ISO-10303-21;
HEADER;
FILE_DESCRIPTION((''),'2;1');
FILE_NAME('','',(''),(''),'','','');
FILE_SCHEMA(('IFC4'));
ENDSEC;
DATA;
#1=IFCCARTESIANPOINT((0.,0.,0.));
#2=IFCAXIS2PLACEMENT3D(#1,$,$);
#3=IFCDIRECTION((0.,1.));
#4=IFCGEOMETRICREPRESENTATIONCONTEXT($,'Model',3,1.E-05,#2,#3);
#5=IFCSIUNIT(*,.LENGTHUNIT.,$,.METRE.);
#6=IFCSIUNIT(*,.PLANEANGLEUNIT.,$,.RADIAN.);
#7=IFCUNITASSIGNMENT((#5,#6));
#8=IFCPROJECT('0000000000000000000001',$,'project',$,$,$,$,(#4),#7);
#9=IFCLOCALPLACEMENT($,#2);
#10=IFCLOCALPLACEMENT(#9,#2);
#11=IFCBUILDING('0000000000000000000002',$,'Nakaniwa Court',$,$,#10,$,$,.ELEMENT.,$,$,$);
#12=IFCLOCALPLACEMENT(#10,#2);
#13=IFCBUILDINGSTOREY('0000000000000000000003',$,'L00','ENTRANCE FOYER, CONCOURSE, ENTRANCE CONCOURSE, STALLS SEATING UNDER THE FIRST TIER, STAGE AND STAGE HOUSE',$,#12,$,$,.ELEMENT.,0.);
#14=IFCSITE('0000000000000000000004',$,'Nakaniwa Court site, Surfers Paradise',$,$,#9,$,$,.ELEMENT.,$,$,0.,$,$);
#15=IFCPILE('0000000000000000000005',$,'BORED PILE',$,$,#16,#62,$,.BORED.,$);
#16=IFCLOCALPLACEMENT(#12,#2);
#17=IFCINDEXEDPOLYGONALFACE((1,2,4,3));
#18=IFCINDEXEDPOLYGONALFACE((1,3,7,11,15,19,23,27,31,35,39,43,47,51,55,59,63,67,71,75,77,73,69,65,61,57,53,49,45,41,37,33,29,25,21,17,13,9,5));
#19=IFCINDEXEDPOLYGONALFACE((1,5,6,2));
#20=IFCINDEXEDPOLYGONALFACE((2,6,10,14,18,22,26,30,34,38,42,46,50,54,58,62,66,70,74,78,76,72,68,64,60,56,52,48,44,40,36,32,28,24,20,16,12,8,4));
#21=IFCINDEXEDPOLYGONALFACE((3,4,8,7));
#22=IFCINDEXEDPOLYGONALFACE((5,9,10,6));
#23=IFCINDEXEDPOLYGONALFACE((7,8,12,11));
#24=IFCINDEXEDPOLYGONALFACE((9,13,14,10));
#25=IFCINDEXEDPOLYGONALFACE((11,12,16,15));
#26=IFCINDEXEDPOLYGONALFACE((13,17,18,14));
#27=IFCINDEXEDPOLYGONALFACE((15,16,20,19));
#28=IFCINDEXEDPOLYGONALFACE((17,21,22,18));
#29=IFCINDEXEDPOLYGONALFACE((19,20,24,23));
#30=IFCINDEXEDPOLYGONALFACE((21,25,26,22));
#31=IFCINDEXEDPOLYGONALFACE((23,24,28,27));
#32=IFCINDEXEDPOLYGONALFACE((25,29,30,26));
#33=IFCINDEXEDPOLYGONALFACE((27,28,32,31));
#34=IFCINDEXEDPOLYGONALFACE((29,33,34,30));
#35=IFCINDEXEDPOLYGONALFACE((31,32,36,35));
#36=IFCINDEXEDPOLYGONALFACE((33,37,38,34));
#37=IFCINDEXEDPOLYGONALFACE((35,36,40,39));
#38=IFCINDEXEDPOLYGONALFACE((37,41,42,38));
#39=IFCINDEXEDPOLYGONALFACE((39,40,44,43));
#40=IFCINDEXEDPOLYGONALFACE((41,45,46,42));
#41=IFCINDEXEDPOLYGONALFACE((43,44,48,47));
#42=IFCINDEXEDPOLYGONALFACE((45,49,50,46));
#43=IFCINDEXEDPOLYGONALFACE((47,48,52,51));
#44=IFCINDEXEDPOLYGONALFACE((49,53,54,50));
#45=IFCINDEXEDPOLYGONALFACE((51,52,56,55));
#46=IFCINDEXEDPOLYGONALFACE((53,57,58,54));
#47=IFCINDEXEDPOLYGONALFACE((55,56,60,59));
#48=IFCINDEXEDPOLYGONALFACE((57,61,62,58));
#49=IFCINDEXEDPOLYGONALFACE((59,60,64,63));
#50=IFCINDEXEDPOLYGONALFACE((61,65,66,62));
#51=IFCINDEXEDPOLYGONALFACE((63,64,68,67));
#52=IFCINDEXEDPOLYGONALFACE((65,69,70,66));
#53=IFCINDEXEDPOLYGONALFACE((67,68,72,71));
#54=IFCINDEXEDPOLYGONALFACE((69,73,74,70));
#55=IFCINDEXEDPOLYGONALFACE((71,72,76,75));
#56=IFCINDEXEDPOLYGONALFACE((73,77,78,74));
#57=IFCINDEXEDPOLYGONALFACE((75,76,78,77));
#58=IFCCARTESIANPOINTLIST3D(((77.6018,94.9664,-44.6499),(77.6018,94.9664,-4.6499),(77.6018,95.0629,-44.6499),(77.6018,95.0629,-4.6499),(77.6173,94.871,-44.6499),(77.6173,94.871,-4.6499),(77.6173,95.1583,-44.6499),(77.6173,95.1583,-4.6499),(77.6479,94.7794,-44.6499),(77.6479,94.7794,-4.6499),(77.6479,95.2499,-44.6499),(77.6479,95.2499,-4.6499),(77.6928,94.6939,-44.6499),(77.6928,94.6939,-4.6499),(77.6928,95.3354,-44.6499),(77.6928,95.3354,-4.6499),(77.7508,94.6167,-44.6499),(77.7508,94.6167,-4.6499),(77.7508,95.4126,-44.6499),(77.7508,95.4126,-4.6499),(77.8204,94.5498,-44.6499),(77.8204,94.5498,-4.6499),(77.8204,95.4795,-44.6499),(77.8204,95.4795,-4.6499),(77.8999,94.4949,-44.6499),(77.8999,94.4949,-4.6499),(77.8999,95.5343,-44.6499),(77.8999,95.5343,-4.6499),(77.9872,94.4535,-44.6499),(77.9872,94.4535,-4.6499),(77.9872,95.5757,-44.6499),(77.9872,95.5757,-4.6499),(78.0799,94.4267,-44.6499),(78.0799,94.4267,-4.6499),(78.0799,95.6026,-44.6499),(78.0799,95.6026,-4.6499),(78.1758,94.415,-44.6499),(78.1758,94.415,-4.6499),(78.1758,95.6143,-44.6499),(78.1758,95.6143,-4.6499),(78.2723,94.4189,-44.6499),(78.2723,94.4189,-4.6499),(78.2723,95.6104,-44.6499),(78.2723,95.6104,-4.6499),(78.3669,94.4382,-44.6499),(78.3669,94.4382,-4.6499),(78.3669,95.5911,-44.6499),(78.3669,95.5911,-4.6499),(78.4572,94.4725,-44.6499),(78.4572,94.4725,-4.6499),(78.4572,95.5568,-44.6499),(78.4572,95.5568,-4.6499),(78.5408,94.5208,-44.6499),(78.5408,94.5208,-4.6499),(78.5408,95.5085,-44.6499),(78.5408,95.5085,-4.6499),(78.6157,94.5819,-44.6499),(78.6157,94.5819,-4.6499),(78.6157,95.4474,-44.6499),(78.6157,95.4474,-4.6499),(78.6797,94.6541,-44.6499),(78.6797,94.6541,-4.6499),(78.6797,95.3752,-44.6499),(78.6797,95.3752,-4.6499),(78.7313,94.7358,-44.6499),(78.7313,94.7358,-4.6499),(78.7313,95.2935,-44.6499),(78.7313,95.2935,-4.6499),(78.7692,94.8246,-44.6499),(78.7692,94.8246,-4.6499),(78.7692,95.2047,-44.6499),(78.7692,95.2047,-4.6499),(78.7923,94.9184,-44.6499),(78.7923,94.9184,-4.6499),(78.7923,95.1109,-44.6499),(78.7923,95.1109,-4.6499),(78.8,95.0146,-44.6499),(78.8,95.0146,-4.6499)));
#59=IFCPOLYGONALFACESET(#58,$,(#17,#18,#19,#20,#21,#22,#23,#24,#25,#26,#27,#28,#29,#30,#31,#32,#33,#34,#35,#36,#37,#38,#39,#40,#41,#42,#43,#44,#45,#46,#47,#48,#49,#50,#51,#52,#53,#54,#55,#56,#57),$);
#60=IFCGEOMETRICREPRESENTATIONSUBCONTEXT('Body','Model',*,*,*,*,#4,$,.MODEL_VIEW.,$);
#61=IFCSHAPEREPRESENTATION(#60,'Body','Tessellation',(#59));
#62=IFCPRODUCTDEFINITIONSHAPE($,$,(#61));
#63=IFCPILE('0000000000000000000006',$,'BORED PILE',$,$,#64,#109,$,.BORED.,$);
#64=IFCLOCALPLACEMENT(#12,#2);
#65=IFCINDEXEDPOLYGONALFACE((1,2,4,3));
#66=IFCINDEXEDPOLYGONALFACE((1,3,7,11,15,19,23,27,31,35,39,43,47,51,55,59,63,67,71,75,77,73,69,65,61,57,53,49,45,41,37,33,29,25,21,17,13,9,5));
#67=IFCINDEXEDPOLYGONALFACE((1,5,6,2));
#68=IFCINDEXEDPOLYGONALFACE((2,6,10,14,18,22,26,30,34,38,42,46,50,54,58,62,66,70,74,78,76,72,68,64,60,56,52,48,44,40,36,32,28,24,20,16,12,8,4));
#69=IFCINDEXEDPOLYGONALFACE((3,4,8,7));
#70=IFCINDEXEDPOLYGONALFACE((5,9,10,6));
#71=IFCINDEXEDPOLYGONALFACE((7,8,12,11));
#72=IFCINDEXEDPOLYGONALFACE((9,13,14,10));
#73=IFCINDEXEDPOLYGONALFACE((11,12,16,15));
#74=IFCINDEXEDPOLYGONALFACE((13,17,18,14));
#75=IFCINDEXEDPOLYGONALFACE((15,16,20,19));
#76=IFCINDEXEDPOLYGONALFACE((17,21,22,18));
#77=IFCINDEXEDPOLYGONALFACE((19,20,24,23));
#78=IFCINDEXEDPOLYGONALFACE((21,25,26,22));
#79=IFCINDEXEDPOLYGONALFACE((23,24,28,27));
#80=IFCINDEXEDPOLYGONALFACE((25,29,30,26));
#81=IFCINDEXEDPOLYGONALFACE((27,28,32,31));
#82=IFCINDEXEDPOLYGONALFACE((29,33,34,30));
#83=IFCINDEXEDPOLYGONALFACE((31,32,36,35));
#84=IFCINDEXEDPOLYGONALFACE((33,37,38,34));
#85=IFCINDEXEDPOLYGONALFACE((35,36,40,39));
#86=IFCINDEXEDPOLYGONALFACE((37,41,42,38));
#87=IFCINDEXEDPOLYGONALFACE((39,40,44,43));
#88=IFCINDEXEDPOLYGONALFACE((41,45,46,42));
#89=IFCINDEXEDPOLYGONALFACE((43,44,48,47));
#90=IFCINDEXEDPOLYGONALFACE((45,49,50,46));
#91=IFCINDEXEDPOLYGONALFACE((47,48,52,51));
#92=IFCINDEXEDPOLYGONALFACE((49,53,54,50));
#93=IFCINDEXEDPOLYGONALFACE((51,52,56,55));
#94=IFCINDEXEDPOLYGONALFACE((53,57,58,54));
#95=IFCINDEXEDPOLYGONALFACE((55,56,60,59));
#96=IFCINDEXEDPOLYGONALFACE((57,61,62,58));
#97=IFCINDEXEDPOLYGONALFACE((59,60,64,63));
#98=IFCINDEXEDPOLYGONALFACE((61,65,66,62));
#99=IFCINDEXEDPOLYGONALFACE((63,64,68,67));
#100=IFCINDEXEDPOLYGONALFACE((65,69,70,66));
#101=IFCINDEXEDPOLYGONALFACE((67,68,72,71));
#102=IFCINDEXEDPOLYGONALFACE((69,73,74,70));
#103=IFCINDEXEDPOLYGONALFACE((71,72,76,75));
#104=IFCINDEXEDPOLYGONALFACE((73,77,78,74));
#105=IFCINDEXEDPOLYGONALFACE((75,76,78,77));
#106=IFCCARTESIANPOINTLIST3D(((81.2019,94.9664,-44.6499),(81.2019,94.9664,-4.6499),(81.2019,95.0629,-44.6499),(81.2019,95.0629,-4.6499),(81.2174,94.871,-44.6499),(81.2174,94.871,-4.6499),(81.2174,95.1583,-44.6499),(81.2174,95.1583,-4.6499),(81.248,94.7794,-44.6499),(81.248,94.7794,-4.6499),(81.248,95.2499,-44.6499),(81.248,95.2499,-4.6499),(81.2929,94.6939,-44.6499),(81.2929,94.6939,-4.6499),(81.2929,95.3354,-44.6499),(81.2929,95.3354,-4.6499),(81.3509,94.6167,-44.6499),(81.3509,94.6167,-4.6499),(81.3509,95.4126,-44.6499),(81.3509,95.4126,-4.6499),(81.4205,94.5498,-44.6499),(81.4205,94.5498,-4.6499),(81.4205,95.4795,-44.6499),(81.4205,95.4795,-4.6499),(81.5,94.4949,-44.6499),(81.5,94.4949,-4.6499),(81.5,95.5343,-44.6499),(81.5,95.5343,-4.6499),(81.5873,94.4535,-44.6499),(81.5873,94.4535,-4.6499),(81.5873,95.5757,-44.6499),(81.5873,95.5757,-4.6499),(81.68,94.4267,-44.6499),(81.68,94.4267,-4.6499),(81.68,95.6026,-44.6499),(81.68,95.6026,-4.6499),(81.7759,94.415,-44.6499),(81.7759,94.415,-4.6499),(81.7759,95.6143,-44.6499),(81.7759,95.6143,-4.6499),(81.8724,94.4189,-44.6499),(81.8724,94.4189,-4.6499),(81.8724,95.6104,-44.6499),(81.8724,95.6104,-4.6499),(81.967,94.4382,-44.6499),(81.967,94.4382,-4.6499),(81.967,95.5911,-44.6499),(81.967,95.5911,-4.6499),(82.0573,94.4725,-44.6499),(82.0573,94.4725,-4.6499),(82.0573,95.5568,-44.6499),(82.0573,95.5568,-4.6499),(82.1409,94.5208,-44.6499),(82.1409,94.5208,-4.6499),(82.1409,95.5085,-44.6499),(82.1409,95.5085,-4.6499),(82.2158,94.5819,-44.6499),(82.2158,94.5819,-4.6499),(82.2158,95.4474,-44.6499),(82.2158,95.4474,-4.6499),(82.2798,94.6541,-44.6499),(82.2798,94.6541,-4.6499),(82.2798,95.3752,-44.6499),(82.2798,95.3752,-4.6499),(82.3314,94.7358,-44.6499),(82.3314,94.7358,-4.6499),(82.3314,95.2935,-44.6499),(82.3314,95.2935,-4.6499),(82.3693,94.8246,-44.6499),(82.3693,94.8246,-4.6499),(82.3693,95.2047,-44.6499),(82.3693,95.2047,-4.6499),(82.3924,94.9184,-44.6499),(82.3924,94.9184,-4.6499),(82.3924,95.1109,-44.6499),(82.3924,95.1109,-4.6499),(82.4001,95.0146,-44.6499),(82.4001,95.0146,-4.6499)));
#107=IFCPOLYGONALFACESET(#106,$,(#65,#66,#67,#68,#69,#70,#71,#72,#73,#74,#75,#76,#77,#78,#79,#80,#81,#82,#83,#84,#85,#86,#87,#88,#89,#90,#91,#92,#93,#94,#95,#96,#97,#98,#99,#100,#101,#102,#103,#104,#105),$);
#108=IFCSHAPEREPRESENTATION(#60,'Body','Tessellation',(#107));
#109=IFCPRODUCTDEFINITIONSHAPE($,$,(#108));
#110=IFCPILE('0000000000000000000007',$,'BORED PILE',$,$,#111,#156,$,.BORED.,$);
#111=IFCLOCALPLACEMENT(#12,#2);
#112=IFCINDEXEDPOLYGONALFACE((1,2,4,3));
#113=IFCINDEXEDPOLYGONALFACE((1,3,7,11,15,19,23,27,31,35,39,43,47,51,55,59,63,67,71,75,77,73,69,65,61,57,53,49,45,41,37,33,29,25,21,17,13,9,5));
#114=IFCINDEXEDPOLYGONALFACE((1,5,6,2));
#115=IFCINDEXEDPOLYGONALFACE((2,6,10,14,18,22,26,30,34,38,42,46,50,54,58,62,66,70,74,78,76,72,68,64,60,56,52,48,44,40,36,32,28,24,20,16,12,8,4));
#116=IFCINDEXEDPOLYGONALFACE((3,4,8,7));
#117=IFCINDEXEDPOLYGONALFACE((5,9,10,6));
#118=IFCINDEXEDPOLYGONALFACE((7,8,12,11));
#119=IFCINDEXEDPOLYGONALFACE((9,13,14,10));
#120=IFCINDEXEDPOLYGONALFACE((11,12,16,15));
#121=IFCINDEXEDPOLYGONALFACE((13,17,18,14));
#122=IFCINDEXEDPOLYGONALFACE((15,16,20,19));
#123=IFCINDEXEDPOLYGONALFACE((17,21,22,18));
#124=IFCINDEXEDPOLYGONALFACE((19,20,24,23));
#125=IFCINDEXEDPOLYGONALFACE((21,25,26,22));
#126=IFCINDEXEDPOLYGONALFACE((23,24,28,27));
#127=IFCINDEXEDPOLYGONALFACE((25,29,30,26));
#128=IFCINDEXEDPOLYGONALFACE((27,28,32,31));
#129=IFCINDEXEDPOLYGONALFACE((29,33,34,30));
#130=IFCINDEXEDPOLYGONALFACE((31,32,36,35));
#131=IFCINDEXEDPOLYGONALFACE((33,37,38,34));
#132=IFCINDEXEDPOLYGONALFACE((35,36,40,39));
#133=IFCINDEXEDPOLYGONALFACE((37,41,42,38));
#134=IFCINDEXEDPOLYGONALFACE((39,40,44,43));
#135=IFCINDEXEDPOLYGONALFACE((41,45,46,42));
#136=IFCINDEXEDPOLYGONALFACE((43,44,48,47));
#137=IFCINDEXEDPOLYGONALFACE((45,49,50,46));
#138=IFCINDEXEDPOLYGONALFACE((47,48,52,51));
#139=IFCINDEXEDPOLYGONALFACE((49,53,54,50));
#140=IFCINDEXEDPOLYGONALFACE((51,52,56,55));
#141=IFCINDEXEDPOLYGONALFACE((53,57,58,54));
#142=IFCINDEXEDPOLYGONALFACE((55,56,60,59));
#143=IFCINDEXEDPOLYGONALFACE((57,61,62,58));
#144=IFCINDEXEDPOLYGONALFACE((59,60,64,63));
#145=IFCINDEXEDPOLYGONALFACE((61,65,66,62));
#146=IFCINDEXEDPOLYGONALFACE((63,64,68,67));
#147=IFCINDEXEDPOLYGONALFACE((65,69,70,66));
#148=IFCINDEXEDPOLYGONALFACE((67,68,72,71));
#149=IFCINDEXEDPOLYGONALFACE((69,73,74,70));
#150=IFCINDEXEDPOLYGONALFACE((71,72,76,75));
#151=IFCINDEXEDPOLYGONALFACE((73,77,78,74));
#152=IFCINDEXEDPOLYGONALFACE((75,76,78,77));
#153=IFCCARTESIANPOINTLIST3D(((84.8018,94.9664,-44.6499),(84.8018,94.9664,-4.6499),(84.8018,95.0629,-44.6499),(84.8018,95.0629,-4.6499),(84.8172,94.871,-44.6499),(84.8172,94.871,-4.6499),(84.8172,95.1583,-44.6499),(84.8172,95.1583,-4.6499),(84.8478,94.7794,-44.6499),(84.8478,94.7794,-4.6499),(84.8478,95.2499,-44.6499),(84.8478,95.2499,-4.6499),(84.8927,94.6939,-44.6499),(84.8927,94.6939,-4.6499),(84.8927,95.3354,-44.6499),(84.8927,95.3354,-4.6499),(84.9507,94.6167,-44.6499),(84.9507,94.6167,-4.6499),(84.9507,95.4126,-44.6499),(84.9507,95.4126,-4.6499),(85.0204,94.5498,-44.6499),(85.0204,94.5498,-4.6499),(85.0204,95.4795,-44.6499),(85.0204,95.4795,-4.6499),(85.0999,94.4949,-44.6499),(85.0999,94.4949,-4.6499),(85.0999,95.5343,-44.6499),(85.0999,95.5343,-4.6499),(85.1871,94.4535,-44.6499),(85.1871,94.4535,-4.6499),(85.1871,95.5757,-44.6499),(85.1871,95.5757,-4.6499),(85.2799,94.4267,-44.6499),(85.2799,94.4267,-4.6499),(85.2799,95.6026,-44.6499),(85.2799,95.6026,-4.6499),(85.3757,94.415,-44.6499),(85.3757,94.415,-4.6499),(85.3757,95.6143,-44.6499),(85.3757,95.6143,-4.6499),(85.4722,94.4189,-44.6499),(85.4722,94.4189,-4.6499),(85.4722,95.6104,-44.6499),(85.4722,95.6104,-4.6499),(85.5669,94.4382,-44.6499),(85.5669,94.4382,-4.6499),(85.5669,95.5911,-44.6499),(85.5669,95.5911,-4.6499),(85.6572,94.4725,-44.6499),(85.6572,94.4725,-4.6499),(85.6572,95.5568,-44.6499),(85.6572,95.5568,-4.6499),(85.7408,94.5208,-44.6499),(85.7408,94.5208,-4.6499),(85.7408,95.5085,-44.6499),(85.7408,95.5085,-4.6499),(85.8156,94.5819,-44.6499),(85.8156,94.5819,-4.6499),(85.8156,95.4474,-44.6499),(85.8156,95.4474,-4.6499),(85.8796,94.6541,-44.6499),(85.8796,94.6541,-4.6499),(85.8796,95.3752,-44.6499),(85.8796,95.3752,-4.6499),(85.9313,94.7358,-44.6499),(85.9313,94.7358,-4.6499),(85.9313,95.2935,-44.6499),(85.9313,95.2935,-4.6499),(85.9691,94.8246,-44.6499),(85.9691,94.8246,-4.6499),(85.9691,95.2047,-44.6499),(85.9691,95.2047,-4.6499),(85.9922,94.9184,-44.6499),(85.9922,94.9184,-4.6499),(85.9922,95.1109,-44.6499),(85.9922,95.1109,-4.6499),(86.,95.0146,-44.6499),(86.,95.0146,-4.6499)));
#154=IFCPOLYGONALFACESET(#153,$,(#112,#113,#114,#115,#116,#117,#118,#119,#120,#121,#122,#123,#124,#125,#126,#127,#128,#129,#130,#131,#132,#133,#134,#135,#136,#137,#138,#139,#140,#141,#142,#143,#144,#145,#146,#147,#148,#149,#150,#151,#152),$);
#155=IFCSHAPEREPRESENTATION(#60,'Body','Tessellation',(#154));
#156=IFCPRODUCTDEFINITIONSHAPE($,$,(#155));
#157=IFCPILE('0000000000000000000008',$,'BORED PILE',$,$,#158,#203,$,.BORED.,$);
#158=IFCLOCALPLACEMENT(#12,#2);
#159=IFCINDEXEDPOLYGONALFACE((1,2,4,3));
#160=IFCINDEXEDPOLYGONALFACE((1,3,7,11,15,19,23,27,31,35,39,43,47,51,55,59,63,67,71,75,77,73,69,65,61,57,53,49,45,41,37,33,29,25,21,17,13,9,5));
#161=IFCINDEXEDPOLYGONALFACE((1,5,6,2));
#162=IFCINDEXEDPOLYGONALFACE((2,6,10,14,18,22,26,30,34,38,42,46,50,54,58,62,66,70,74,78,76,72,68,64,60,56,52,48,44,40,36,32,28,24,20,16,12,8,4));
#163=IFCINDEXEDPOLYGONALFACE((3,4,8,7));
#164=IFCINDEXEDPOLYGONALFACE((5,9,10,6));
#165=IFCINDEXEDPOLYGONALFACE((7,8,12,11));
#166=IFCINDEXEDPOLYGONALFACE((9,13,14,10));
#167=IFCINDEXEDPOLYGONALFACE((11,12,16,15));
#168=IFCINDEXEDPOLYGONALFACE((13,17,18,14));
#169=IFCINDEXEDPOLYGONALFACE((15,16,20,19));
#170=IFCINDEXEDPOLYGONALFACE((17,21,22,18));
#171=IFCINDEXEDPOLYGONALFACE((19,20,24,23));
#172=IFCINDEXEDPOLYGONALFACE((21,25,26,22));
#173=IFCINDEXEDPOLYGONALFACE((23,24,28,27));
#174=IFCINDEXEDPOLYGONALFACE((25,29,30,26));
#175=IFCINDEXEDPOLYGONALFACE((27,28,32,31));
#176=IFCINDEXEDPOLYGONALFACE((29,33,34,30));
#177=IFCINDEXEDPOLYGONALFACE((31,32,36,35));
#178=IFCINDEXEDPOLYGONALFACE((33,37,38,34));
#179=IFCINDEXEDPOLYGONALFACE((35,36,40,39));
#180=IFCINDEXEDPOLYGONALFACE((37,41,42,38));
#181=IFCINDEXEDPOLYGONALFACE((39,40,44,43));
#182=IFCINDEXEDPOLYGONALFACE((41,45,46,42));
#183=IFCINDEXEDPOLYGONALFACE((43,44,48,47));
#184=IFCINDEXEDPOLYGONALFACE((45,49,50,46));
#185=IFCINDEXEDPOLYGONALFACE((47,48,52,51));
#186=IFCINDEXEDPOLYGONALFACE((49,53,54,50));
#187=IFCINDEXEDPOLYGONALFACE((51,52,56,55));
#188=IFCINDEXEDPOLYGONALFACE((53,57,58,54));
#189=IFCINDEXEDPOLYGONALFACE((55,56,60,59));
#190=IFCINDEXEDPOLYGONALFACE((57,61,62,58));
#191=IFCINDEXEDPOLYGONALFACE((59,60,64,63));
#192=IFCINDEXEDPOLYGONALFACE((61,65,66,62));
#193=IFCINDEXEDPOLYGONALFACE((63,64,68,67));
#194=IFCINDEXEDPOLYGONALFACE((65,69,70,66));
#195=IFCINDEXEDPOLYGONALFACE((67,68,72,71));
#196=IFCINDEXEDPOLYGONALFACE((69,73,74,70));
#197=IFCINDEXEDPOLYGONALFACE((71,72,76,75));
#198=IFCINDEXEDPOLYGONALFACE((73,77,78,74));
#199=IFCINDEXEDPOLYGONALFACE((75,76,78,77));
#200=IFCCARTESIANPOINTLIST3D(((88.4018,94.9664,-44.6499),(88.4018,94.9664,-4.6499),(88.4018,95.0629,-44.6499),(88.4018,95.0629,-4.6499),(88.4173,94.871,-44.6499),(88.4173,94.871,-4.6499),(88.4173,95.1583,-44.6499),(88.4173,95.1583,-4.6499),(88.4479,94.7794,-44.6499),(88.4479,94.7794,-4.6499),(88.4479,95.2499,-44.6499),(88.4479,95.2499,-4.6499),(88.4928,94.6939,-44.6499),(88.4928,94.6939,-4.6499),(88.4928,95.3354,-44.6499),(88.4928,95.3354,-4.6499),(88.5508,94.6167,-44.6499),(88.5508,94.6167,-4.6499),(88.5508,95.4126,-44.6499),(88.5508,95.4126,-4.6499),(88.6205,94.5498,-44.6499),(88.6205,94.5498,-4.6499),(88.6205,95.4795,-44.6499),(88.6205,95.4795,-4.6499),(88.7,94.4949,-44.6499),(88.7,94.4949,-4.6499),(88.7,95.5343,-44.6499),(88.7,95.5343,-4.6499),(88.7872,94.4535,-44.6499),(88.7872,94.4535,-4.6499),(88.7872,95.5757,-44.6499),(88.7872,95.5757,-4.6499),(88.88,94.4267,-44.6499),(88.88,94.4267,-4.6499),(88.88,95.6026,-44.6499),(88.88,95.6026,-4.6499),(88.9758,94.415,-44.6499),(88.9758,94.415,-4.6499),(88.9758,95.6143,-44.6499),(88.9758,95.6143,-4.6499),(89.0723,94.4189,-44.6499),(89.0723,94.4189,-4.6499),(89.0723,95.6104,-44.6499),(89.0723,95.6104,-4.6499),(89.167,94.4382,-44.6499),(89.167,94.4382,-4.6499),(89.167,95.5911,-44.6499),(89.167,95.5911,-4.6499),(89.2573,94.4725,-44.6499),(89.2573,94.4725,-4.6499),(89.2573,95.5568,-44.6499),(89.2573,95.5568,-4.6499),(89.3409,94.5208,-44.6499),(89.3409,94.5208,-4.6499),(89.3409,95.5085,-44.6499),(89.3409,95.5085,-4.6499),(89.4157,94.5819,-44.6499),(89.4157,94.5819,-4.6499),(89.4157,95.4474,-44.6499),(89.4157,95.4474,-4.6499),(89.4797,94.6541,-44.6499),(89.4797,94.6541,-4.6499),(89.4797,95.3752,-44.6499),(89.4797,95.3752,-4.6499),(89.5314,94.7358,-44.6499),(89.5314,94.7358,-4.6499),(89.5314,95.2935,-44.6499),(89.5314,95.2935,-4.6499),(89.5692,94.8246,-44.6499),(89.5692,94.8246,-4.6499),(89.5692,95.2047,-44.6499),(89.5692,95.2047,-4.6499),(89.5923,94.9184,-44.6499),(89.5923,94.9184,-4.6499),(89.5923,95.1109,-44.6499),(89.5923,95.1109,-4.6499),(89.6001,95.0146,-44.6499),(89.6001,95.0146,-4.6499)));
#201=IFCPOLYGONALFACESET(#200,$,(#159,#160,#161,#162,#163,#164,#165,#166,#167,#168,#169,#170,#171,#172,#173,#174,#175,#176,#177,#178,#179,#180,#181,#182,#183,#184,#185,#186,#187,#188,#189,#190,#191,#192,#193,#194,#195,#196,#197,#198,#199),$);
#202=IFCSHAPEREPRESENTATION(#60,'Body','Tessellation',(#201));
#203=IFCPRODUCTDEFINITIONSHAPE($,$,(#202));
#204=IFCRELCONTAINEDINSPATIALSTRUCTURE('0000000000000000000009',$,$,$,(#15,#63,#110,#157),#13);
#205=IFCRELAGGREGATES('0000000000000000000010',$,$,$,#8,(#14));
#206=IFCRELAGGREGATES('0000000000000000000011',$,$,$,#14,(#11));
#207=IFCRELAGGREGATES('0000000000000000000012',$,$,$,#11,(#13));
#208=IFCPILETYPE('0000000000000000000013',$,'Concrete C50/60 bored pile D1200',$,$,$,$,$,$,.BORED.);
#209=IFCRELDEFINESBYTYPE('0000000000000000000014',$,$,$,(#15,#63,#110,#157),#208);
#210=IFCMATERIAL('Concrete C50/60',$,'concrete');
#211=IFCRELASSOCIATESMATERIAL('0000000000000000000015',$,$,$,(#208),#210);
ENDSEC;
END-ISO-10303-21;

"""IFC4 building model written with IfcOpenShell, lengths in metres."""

from ifc_helpers import new_model, si_unit, direction, frame, origin, origin_2d, place, context, subcontext, project, spatial, circle, extrude, material, material_profile, profile_set, type_object, element, save


model = new_model("IFC4")

# Units and contexts
model_context = context("Model", 3, precision=1e-05, world=origin(), true_north=direction((0.0, 1.0)))
body_context = subcontext(model_context, "Body", "Model", "MODEL_VIEW")
ifc_project = project(units=[si_unit("LENGTHUNIT", "METRE"), si_unit("PLANEANGLEUNIT", "RADIAN")], contexts=[model_context])

# Site, building, storey
site_placement = place(None, origin())
site = spatial("IfcSite", under=ifc_project, at=site_placement, Name="Nakaniwa Court site, Surfers Paradise", CompositionType="ELEMENT", RefElevation=0.0)
building_placement = place(site_placement, origin())
building = spatial("IfcBuilding", under=site, at=building_placement, Name="Nakaniwa Court", CompositionType="ELEMENT")
storey_placement = place(building_placement, origin())
storey = spatial("IfcBuildingStorey", under=building, at=storey_placement, Name="L00", Description="ENTRANCE FOYER, CONCOURSE, ENTRANCE CONCOURSE, STALLS SEATING UNDER THE FIRST TIER, STAGE AND STAGE HOUSE", CompositionType="ELEMENT", Elevation=0.0)

# Piles
ifc_material_1 = material(Name="Concrete C50/60", Category="concrete")
ifc_material_profile_1 = material_profile(ifc_material_1, circle(Radius=0.6001, at=origin_2d()), Name="Concrete C50/60 bored pile D1200")
ifc_profile_set_1 = profile_set([ifc_material_profile_1], Name="Concrete C50/60")
pile_type = type_object("IfcPileType", Name="Concrete C50/60 bored pile D1200", PredefinedType="BORED", material=ifc_profile_set_1)
for number, where, z_axis, x_axis, name in (
    (1, (78.2, 95.0146, -4.6499), (0.0, 0.0, -1.0), (1.0, 0.0, 0.0), "BORED PILE"),
    (2, (81.8, 95.0146, -4.6499), (0.0, 0.0, -1.0), (1.0, 0.0, 0.0), "BORED PILE"),
    (3, (85.3999, 95.0146, -4.6499), (0.0, 0.0, -1.0), (1.0, 0.0, 0.0), "BORED PILE"),
    (4, (89.0, 95.0146, -4.6499), (0.0, 0.0, -1.0), (1.0, 0.0, 0.0), "BORED PILE"),
):
    element("IfcPile", number, at=place(storey_placement, frame(where, z_axis=z_axis, x_axis=x_axis)), inside=storey, type_object=pile_type, Name=name, PredefinedType="BORED", context=body_context, shape_type="SweptSolid", body=[
        extrude(circle(Radius=0.6001, at=origin_2d()), origin(), (0.0, 0.0, 1.0), 40.0),
    ])

save(model, "model.ifc")
